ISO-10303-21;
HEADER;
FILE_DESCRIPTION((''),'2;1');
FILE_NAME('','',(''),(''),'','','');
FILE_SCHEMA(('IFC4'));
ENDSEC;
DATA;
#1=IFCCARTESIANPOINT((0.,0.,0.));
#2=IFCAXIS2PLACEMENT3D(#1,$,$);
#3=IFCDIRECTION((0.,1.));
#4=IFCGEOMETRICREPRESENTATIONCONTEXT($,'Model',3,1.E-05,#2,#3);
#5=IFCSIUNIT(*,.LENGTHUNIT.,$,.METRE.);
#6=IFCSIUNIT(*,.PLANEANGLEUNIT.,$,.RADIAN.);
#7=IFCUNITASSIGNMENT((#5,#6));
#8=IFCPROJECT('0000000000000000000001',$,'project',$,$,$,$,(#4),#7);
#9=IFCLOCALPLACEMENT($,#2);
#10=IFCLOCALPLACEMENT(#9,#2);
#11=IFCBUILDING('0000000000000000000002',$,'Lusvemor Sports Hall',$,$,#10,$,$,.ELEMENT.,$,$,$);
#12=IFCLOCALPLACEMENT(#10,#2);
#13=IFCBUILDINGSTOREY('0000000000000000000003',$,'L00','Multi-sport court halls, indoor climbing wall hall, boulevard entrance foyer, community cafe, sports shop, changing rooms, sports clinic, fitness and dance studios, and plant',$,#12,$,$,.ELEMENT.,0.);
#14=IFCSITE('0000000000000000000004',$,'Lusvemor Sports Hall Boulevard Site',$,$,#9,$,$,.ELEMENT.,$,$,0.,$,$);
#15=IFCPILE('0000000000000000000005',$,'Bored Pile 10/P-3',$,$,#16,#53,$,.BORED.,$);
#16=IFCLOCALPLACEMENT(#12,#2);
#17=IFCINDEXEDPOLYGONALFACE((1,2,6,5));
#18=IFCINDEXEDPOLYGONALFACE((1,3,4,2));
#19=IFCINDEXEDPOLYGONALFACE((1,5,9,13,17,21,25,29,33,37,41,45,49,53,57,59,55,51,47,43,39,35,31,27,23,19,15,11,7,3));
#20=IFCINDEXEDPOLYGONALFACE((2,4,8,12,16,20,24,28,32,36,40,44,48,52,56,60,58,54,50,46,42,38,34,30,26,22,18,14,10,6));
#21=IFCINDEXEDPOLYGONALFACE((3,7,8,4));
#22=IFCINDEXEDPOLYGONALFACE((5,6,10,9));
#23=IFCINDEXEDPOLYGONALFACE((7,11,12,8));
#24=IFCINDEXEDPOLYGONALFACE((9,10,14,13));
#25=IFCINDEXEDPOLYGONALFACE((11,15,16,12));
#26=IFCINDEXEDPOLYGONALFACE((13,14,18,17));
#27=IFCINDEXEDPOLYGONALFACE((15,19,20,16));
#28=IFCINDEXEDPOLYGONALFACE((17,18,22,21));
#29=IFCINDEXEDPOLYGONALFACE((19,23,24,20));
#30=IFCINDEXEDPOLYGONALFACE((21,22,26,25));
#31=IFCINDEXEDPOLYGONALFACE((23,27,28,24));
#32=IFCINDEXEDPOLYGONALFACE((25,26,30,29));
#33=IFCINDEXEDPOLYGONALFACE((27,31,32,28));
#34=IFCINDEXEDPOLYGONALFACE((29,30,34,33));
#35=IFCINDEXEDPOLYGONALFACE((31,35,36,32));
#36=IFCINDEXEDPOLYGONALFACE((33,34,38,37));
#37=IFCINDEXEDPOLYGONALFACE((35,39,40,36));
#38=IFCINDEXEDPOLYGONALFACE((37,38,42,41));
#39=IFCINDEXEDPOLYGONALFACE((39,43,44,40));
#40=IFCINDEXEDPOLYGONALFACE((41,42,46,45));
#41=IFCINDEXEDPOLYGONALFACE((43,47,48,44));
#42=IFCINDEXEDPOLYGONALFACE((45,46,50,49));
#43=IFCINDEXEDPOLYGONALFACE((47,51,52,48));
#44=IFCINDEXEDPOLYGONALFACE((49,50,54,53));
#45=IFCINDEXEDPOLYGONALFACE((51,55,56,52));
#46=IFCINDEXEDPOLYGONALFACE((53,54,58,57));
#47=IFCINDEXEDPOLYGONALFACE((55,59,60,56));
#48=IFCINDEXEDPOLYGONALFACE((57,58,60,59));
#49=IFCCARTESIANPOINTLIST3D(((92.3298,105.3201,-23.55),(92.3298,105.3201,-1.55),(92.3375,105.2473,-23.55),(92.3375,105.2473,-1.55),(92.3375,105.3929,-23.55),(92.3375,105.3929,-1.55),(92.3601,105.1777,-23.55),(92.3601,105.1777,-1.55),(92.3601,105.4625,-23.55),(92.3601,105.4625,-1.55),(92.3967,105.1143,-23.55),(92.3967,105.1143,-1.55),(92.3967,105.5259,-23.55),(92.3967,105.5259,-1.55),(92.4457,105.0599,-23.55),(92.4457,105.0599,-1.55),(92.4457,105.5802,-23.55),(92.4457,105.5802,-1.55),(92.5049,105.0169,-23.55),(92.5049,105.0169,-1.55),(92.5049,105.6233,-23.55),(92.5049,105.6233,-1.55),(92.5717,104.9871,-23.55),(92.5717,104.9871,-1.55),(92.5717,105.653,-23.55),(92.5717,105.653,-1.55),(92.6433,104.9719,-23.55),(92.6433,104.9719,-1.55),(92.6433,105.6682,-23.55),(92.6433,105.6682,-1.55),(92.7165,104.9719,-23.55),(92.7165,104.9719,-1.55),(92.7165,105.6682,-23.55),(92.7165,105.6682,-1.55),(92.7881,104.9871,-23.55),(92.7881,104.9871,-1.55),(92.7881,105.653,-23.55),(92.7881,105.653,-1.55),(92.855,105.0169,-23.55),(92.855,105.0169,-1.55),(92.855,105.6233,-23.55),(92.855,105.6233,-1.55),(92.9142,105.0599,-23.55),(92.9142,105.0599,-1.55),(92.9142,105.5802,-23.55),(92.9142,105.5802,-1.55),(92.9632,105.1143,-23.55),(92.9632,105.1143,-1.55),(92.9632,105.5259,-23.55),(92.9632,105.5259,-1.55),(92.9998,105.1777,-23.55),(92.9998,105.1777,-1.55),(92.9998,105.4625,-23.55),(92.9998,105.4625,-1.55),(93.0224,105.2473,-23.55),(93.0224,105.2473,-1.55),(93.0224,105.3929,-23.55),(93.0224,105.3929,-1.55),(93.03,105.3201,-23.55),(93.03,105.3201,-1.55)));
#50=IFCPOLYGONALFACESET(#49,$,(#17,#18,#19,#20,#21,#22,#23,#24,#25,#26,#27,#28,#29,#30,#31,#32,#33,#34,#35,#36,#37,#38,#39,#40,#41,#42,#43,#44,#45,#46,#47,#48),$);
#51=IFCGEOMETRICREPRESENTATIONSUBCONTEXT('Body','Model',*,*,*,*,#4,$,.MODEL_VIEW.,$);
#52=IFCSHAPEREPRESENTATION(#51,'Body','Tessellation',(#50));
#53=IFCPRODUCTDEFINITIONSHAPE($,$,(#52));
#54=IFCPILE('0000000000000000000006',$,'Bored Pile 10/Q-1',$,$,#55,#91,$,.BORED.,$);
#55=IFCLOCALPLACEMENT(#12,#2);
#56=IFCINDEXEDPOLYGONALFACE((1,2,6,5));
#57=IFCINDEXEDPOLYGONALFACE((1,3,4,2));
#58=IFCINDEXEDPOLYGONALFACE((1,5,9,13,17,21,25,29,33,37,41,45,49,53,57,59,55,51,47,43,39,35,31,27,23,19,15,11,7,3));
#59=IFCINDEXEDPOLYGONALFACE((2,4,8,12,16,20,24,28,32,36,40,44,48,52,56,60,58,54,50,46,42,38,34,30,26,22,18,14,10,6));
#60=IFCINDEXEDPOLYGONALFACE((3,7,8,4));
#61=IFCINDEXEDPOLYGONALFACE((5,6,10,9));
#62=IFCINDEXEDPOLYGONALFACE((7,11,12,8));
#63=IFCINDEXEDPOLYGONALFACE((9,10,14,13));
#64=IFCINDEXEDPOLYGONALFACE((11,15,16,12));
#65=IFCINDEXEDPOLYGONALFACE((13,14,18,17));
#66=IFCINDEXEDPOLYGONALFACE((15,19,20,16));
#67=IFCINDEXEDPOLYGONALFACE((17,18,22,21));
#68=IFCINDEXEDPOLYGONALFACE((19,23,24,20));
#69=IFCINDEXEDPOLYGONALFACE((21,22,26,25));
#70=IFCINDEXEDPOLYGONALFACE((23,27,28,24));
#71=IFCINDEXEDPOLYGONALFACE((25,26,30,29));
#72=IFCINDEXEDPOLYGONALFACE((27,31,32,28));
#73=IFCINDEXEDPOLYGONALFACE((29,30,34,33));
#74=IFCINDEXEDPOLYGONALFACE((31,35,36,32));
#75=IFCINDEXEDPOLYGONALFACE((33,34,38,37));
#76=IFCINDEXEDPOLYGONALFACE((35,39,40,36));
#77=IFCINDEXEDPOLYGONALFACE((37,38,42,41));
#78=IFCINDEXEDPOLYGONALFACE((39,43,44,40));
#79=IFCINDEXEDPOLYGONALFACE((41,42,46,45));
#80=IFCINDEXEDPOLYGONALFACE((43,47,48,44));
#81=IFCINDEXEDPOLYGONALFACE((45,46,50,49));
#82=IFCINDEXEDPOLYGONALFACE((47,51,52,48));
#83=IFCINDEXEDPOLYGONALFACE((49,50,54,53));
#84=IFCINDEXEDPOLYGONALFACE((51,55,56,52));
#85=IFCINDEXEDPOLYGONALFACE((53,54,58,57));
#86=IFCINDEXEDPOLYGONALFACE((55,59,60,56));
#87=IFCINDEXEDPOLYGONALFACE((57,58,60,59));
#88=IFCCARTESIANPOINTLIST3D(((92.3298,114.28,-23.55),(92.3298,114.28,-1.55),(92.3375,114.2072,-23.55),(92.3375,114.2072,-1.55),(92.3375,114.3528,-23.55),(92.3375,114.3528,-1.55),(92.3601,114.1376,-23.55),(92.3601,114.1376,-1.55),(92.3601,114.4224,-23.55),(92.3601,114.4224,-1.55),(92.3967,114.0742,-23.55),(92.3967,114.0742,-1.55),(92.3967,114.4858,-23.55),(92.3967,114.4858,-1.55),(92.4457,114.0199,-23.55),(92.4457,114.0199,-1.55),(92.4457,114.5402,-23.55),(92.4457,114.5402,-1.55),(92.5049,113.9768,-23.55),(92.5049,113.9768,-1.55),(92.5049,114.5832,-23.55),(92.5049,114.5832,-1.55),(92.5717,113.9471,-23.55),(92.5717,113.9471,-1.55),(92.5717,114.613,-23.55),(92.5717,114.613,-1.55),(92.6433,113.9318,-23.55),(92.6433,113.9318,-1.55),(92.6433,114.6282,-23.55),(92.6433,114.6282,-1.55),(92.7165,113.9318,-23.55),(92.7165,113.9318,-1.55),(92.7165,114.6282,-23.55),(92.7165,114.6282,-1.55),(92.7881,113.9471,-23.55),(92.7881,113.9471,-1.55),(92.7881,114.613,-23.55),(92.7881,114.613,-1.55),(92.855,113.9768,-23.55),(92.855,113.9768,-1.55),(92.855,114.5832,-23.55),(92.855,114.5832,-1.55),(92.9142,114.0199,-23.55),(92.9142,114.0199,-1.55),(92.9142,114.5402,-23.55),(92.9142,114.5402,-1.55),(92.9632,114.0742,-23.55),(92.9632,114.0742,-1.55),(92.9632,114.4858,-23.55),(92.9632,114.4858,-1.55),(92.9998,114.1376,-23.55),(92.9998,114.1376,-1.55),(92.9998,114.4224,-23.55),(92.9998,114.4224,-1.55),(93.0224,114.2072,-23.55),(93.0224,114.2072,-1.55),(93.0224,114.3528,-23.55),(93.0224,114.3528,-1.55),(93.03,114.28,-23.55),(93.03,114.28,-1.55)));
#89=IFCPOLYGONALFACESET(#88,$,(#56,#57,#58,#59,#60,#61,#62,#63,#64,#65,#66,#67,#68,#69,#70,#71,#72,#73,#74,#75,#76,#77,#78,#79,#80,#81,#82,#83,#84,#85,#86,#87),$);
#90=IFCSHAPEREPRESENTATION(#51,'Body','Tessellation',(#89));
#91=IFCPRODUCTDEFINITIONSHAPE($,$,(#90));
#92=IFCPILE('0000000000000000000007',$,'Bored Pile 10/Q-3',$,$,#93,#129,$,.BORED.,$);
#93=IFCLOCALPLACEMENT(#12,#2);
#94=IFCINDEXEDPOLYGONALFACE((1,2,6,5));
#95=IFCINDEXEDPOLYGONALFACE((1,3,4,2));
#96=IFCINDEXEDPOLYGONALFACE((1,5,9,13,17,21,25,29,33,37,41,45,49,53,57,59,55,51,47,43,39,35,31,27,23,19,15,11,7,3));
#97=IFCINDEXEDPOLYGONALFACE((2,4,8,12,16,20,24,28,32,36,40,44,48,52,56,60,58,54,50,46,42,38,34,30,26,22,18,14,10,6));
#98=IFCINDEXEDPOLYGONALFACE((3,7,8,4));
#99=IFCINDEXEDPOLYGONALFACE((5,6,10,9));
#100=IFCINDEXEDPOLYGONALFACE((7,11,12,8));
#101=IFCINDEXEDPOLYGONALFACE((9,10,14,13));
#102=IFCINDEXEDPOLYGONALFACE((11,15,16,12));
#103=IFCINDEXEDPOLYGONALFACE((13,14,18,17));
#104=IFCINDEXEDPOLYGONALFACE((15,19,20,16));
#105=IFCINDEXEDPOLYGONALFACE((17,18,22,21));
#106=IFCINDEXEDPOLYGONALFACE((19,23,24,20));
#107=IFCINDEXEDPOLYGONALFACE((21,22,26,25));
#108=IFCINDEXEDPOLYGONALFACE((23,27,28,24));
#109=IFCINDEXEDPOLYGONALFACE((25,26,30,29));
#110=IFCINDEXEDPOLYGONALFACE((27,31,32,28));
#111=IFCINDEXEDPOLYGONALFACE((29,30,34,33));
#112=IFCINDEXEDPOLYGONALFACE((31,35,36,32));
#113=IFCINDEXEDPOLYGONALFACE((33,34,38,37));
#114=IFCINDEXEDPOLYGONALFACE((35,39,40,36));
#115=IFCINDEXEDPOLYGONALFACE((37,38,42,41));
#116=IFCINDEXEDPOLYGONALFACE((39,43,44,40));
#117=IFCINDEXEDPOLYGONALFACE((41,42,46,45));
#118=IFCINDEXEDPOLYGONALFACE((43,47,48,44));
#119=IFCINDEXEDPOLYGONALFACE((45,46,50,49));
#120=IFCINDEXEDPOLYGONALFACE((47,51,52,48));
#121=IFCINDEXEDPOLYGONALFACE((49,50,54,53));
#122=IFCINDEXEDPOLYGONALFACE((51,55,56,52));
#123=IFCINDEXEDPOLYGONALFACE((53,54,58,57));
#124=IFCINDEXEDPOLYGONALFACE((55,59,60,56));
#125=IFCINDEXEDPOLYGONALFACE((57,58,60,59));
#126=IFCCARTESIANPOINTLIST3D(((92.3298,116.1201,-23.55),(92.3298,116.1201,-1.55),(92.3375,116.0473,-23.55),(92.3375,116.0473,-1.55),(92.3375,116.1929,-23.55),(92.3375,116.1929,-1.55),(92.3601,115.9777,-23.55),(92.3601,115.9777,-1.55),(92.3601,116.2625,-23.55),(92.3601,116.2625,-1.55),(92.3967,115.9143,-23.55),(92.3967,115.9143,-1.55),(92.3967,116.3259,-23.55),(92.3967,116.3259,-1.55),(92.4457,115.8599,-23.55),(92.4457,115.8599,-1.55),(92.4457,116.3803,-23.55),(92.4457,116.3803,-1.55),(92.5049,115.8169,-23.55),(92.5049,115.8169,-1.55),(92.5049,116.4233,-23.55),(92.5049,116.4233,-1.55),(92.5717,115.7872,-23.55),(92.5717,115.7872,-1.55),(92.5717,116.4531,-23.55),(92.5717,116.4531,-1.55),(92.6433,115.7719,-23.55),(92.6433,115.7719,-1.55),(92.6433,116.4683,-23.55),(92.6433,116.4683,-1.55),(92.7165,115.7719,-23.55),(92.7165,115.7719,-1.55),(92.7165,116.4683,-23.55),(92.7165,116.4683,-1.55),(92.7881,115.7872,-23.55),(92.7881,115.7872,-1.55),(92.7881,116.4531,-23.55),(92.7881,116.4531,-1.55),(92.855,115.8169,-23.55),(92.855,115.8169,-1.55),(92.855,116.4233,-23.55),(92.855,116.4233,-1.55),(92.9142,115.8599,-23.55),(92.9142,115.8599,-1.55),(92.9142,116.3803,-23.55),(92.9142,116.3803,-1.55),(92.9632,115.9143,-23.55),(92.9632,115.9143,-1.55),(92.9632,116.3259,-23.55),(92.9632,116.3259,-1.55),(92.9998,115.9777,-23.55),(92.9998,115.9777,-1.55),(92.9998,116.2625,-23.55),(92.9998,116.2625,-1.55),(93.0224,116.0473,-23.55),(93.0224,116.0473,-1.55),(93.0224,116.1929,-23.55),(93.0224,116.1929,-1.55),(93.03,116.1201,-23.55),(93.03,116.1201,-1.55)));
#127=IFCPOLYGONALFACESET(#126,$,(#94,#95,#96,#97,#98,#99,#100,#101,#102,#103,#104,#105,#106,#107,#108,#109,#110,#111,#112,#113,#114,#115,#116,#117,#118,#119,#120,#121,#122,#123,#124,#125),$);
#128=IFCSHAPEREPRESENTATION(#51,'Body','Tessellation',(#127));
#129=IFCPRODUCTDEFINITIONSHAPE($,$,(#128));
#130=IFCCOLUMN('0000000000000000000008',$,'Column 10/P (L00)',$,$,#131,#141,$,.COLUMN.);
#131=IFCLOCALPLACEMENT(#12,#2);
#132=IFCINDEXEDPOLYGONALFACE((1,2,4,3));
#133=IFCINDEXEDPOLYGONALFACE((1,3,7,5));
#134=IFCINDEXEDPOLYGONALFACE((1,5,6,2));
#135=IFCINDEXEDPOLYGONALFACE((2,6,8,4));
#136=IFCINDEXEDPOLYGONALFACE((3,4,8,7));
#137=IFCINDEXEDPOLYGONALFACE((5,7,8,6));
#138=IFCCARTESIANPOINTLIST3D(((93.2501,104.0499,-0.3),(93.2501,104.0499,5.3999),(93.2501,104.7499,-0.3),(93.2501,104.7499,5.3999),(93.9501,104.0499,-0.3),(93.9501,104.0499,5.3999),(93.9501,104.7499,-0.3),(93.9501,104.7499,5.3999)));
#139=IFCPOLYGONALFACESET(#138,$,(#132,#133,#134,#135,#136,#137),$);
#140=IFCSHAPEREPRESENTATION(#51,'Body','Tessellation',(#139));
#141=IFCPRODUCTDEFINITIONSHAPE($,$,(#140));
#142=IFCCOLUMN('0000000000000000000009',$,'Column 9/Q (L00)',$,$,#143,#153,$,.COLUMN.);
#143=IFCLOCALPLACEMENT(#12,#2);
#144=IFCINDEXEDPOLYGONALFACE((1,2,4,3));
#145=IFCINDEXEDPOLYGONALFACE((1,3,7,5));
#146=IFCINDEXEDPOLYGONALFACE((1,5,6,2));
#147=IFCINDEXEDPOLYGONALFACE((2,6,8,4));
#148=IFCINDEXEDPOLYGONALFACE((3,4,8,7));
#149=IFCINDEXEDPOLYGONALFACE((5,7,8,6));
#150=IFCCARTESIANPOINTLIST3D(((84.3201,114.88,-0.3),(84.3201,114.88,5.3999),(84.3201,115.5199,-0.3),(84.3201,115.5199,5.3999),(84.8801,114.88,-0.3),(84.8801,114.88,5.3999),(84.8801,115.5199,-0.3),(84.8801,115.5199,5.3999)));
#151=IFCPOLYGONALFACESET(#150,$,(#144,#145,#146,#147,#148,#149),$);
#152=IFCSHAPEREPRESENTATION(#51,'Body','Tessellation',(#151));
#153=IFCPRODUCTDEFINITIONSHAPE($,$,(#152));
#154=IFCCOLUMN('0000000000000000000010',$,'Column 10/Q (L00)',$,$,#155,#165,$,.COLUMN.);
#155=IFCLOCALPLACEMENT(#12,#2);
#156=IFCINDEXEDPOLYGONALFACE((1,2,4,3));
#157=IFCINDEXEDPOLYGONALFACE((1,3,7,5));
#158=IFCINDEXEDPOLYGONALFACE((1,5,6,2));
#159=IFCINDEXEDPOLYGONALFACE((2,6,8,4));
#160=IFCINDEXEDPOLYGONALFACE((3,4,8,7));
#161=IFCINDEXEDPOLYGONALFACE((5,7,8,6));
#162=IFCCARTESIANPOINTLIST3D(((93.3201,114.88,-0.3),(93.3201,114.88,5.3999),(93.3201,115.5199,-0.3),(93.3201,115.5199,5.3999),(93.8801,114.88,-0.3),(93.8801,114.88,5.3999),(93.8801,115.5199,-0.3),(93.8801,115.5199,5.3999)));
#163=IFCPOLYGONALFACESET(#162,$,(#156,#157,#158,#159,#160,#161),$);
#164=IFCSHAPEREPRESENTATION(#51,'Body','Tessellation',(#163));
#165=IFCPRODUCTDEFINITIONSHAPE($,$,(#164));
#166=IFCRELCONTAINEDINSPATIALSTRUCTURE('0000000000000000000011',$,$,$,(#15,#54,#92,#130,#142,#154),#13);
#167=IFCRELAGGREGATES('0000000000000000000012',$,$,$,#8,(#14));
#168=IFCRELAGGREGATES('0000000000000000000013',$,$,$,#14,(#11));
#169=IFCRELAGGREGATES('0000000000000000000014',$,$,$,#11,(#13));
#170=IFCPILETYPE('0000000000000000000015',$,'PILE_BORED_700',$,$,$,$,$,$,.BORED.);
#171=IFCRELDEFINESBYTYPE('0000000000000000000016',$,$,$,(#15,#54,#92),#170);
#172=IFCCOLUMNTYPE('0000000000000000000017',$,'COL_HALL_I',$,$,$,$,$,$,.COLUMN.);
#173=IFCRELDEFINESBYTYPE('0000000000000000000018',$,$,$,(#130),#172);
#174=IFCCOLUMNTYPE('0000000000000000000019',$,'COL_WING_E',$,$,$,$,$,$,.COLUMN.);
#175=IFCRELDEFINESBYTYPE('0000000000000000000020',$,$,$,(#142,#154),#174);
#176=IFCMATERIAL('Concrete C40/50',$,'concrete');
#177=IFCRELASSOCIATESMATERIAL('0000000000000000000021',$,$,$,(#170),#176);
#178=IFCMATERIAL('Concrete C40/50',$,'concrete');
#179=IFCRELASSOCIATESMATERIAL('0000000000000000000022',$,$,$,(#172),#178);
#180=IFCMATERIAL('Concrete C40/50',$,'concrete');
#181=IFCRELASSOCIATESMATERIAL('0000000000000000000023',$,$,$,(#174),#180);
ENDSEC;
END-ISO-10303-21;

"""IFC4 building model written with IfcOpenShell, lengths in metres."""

from ifc_helpers import new_model, si_unit, direction, frame, origin, origin_2d, place, context, subcontext, project, spatial, rectangle, circle, extrude, material, material_profile, profile_set, type_object, element, save


model = new_model("IFC4")

# Units and contexts
model_context = context("Model", 3, precision=1e-05, world=origin(), true_north=direction((0.0, 1.0)))
body_context = subcontext(model_context, "Body", "Model", "MODEL_VIEW")
ifc_project = project(units=[si_unit("LENGTHUNIT", "METRE"), si_unit("PLANEANGLEUNIT", "RADIAN")], contexts=[model_context])

# Site, building, storey
site_placement = place(None, origin())
site = spatial("IfcSite", under=ifc_project, at=site_placement, Name="Lusvemor Sports Hall Boulevard Site", CompositionType="ELEMENT", RefElevation=0.0)
building_placement = place(site_placement, origin())
building = spatial("IfcBuilding", under=site, at=building_placement, Name="Lusvemor Sports Hall", CompositionType="ELEMENT")
storey_placement = place(building_placement, origin())
storey = spatial("IfcBuildingStorey", under=building, at=storey_placement, Name="L00", Description="Multi-sport court halls, indoor climbing wall hall, boulevard entrance foyer, community cafe, sports shop, changing rooms, sports clinic, fitness and dance studios, and plant", CompositionType="ELEMENT", Elevation=0.0)

# Piles
ifc_material_1 = material(Name="Concrete C40/50", Category="concrete")
ifc_material_profile_1 = material_profile(ifc_material_1, circle(Radius=0.3501, at=origin_2d()), Name="PILE700")
ifc_profile_set_1 = profile_set([ifc_material_profile_1], Name="Concrete C40/50")
pile_type = type_object("IfcPileType", Name="PILE_BORED_700", PredefinedType="BORED", material=ifc_profile_set_1)
for number, where, z_axis, x_axis, name in (
    (1, (92.6799, 105.3201, -1.55), (0.0, 0.0, -1.0), (1.0, 0.0, 0.0), "Bored Pile 10/P-3"),
    (2, (92.6799, 114.28, -1.55), (0.0, 0.0, -1.0), (1.0, 0.0, 0.0), "Bored Pile 10/Q-1"),
    (3, (92.6799, 116.1201, -1.55), (0.0, 0.0, -1.0), (1.0, 0.0, 0.0), "Bored Pile 10/Q-3"),
):
    element("IfcPile", number, at=place(storey_placement, frame(where, z_axis=z_axis, x_axis=x_axis)), inside=storey, type_object=pile_type, Name=name, PredefinedType="BORED", context=body_context, shape_type="SweptSolid", body=[
        extrude(circle(Radius=0.3501, at=origin_2d()), origin(), (0.0, 0.0, 1.0), 22.0),
    ])

# Columns
ifc_material_2 = material(Name="Concrete C40/50", Category="concrete")
ifc_material_profile_2 = material_profile(ifc_material_2, rectangle(XDim=0.7, YDim=0.7, at=origin_2d()), Name="RC700x700")
ifc_profile_set_2 = profile_set([ifc_material_profile_2], Name="Concrete C40/50")
column_type_1 = type_object("IfcColumnType", Name="COL_HALL_I", PredefinedType="COLUMN", material=ifc_profile_set_2)
column_placement = place(storey_placement, frame((93.6001, 104.3999, -0.3), z_axis=(0.0, 0.0, 1.0), x_axis=(1.0, 0.0, 0.0)))
element("IfcColumn", 4, at=column_placement, inside=storey, type_object=column_type_1, Name="Column 10/P (L00)", PredefinedType="COLUMN", context=body_context, shape_type="SweptSolid", body=[
    extrude(rectangle(XDim=0.7, YDim=0.7, at=origin_2d()), origin(), (0.0, 0.0, 1.0), 5.7),
])
ifc_material_3 = material(Name="Concrete C40/50", Category="concrete")
ifc_material_profile_3 = material_profile(ifc_material_3, rectangle(XDim=0.5601, YDim=0.6399, at=origin_2d()), Name="RC560x640")
ifc_profile_set_3 = profile_set([ifc_material_profile_3], Name="Concrete C40/50")
column_type_2 = type_object("IfcColumnType", Name="COL_WING_E", PredefinedType="COLUMN", material=ifc_profile_set_3)
for number, where, z_axis, x_axis, name in (
    (5, (84.6001, 115.2, -0.3), (0.0, 0.0, 1.0), (1.0, 0.0, 0.0), "Column 9/Q (L00)"),
    (6, (93.6001, 115.2, -0.3), (0.0, 0.0, 1.0), (1.0, 0.0, 0.0), "Column 10/Q (L00)"),
):
    element("IfcColumn", number, at=place(storey_placement, frame(where, z_axis=z_axis, x_axis=x_axis)), inside=storey, type_object=column_type_2, Name=name, PredefinedType="COLUMN", context=body_context, shape_type="SweptSolid", body=[
        extrude(rectangle(XDim=0.5601, YDim=0.6399, at=origin_2d()), origin(), (0.0, 0.0, 1.0), 5.7),
    ])

save(model, "model.ifc")
